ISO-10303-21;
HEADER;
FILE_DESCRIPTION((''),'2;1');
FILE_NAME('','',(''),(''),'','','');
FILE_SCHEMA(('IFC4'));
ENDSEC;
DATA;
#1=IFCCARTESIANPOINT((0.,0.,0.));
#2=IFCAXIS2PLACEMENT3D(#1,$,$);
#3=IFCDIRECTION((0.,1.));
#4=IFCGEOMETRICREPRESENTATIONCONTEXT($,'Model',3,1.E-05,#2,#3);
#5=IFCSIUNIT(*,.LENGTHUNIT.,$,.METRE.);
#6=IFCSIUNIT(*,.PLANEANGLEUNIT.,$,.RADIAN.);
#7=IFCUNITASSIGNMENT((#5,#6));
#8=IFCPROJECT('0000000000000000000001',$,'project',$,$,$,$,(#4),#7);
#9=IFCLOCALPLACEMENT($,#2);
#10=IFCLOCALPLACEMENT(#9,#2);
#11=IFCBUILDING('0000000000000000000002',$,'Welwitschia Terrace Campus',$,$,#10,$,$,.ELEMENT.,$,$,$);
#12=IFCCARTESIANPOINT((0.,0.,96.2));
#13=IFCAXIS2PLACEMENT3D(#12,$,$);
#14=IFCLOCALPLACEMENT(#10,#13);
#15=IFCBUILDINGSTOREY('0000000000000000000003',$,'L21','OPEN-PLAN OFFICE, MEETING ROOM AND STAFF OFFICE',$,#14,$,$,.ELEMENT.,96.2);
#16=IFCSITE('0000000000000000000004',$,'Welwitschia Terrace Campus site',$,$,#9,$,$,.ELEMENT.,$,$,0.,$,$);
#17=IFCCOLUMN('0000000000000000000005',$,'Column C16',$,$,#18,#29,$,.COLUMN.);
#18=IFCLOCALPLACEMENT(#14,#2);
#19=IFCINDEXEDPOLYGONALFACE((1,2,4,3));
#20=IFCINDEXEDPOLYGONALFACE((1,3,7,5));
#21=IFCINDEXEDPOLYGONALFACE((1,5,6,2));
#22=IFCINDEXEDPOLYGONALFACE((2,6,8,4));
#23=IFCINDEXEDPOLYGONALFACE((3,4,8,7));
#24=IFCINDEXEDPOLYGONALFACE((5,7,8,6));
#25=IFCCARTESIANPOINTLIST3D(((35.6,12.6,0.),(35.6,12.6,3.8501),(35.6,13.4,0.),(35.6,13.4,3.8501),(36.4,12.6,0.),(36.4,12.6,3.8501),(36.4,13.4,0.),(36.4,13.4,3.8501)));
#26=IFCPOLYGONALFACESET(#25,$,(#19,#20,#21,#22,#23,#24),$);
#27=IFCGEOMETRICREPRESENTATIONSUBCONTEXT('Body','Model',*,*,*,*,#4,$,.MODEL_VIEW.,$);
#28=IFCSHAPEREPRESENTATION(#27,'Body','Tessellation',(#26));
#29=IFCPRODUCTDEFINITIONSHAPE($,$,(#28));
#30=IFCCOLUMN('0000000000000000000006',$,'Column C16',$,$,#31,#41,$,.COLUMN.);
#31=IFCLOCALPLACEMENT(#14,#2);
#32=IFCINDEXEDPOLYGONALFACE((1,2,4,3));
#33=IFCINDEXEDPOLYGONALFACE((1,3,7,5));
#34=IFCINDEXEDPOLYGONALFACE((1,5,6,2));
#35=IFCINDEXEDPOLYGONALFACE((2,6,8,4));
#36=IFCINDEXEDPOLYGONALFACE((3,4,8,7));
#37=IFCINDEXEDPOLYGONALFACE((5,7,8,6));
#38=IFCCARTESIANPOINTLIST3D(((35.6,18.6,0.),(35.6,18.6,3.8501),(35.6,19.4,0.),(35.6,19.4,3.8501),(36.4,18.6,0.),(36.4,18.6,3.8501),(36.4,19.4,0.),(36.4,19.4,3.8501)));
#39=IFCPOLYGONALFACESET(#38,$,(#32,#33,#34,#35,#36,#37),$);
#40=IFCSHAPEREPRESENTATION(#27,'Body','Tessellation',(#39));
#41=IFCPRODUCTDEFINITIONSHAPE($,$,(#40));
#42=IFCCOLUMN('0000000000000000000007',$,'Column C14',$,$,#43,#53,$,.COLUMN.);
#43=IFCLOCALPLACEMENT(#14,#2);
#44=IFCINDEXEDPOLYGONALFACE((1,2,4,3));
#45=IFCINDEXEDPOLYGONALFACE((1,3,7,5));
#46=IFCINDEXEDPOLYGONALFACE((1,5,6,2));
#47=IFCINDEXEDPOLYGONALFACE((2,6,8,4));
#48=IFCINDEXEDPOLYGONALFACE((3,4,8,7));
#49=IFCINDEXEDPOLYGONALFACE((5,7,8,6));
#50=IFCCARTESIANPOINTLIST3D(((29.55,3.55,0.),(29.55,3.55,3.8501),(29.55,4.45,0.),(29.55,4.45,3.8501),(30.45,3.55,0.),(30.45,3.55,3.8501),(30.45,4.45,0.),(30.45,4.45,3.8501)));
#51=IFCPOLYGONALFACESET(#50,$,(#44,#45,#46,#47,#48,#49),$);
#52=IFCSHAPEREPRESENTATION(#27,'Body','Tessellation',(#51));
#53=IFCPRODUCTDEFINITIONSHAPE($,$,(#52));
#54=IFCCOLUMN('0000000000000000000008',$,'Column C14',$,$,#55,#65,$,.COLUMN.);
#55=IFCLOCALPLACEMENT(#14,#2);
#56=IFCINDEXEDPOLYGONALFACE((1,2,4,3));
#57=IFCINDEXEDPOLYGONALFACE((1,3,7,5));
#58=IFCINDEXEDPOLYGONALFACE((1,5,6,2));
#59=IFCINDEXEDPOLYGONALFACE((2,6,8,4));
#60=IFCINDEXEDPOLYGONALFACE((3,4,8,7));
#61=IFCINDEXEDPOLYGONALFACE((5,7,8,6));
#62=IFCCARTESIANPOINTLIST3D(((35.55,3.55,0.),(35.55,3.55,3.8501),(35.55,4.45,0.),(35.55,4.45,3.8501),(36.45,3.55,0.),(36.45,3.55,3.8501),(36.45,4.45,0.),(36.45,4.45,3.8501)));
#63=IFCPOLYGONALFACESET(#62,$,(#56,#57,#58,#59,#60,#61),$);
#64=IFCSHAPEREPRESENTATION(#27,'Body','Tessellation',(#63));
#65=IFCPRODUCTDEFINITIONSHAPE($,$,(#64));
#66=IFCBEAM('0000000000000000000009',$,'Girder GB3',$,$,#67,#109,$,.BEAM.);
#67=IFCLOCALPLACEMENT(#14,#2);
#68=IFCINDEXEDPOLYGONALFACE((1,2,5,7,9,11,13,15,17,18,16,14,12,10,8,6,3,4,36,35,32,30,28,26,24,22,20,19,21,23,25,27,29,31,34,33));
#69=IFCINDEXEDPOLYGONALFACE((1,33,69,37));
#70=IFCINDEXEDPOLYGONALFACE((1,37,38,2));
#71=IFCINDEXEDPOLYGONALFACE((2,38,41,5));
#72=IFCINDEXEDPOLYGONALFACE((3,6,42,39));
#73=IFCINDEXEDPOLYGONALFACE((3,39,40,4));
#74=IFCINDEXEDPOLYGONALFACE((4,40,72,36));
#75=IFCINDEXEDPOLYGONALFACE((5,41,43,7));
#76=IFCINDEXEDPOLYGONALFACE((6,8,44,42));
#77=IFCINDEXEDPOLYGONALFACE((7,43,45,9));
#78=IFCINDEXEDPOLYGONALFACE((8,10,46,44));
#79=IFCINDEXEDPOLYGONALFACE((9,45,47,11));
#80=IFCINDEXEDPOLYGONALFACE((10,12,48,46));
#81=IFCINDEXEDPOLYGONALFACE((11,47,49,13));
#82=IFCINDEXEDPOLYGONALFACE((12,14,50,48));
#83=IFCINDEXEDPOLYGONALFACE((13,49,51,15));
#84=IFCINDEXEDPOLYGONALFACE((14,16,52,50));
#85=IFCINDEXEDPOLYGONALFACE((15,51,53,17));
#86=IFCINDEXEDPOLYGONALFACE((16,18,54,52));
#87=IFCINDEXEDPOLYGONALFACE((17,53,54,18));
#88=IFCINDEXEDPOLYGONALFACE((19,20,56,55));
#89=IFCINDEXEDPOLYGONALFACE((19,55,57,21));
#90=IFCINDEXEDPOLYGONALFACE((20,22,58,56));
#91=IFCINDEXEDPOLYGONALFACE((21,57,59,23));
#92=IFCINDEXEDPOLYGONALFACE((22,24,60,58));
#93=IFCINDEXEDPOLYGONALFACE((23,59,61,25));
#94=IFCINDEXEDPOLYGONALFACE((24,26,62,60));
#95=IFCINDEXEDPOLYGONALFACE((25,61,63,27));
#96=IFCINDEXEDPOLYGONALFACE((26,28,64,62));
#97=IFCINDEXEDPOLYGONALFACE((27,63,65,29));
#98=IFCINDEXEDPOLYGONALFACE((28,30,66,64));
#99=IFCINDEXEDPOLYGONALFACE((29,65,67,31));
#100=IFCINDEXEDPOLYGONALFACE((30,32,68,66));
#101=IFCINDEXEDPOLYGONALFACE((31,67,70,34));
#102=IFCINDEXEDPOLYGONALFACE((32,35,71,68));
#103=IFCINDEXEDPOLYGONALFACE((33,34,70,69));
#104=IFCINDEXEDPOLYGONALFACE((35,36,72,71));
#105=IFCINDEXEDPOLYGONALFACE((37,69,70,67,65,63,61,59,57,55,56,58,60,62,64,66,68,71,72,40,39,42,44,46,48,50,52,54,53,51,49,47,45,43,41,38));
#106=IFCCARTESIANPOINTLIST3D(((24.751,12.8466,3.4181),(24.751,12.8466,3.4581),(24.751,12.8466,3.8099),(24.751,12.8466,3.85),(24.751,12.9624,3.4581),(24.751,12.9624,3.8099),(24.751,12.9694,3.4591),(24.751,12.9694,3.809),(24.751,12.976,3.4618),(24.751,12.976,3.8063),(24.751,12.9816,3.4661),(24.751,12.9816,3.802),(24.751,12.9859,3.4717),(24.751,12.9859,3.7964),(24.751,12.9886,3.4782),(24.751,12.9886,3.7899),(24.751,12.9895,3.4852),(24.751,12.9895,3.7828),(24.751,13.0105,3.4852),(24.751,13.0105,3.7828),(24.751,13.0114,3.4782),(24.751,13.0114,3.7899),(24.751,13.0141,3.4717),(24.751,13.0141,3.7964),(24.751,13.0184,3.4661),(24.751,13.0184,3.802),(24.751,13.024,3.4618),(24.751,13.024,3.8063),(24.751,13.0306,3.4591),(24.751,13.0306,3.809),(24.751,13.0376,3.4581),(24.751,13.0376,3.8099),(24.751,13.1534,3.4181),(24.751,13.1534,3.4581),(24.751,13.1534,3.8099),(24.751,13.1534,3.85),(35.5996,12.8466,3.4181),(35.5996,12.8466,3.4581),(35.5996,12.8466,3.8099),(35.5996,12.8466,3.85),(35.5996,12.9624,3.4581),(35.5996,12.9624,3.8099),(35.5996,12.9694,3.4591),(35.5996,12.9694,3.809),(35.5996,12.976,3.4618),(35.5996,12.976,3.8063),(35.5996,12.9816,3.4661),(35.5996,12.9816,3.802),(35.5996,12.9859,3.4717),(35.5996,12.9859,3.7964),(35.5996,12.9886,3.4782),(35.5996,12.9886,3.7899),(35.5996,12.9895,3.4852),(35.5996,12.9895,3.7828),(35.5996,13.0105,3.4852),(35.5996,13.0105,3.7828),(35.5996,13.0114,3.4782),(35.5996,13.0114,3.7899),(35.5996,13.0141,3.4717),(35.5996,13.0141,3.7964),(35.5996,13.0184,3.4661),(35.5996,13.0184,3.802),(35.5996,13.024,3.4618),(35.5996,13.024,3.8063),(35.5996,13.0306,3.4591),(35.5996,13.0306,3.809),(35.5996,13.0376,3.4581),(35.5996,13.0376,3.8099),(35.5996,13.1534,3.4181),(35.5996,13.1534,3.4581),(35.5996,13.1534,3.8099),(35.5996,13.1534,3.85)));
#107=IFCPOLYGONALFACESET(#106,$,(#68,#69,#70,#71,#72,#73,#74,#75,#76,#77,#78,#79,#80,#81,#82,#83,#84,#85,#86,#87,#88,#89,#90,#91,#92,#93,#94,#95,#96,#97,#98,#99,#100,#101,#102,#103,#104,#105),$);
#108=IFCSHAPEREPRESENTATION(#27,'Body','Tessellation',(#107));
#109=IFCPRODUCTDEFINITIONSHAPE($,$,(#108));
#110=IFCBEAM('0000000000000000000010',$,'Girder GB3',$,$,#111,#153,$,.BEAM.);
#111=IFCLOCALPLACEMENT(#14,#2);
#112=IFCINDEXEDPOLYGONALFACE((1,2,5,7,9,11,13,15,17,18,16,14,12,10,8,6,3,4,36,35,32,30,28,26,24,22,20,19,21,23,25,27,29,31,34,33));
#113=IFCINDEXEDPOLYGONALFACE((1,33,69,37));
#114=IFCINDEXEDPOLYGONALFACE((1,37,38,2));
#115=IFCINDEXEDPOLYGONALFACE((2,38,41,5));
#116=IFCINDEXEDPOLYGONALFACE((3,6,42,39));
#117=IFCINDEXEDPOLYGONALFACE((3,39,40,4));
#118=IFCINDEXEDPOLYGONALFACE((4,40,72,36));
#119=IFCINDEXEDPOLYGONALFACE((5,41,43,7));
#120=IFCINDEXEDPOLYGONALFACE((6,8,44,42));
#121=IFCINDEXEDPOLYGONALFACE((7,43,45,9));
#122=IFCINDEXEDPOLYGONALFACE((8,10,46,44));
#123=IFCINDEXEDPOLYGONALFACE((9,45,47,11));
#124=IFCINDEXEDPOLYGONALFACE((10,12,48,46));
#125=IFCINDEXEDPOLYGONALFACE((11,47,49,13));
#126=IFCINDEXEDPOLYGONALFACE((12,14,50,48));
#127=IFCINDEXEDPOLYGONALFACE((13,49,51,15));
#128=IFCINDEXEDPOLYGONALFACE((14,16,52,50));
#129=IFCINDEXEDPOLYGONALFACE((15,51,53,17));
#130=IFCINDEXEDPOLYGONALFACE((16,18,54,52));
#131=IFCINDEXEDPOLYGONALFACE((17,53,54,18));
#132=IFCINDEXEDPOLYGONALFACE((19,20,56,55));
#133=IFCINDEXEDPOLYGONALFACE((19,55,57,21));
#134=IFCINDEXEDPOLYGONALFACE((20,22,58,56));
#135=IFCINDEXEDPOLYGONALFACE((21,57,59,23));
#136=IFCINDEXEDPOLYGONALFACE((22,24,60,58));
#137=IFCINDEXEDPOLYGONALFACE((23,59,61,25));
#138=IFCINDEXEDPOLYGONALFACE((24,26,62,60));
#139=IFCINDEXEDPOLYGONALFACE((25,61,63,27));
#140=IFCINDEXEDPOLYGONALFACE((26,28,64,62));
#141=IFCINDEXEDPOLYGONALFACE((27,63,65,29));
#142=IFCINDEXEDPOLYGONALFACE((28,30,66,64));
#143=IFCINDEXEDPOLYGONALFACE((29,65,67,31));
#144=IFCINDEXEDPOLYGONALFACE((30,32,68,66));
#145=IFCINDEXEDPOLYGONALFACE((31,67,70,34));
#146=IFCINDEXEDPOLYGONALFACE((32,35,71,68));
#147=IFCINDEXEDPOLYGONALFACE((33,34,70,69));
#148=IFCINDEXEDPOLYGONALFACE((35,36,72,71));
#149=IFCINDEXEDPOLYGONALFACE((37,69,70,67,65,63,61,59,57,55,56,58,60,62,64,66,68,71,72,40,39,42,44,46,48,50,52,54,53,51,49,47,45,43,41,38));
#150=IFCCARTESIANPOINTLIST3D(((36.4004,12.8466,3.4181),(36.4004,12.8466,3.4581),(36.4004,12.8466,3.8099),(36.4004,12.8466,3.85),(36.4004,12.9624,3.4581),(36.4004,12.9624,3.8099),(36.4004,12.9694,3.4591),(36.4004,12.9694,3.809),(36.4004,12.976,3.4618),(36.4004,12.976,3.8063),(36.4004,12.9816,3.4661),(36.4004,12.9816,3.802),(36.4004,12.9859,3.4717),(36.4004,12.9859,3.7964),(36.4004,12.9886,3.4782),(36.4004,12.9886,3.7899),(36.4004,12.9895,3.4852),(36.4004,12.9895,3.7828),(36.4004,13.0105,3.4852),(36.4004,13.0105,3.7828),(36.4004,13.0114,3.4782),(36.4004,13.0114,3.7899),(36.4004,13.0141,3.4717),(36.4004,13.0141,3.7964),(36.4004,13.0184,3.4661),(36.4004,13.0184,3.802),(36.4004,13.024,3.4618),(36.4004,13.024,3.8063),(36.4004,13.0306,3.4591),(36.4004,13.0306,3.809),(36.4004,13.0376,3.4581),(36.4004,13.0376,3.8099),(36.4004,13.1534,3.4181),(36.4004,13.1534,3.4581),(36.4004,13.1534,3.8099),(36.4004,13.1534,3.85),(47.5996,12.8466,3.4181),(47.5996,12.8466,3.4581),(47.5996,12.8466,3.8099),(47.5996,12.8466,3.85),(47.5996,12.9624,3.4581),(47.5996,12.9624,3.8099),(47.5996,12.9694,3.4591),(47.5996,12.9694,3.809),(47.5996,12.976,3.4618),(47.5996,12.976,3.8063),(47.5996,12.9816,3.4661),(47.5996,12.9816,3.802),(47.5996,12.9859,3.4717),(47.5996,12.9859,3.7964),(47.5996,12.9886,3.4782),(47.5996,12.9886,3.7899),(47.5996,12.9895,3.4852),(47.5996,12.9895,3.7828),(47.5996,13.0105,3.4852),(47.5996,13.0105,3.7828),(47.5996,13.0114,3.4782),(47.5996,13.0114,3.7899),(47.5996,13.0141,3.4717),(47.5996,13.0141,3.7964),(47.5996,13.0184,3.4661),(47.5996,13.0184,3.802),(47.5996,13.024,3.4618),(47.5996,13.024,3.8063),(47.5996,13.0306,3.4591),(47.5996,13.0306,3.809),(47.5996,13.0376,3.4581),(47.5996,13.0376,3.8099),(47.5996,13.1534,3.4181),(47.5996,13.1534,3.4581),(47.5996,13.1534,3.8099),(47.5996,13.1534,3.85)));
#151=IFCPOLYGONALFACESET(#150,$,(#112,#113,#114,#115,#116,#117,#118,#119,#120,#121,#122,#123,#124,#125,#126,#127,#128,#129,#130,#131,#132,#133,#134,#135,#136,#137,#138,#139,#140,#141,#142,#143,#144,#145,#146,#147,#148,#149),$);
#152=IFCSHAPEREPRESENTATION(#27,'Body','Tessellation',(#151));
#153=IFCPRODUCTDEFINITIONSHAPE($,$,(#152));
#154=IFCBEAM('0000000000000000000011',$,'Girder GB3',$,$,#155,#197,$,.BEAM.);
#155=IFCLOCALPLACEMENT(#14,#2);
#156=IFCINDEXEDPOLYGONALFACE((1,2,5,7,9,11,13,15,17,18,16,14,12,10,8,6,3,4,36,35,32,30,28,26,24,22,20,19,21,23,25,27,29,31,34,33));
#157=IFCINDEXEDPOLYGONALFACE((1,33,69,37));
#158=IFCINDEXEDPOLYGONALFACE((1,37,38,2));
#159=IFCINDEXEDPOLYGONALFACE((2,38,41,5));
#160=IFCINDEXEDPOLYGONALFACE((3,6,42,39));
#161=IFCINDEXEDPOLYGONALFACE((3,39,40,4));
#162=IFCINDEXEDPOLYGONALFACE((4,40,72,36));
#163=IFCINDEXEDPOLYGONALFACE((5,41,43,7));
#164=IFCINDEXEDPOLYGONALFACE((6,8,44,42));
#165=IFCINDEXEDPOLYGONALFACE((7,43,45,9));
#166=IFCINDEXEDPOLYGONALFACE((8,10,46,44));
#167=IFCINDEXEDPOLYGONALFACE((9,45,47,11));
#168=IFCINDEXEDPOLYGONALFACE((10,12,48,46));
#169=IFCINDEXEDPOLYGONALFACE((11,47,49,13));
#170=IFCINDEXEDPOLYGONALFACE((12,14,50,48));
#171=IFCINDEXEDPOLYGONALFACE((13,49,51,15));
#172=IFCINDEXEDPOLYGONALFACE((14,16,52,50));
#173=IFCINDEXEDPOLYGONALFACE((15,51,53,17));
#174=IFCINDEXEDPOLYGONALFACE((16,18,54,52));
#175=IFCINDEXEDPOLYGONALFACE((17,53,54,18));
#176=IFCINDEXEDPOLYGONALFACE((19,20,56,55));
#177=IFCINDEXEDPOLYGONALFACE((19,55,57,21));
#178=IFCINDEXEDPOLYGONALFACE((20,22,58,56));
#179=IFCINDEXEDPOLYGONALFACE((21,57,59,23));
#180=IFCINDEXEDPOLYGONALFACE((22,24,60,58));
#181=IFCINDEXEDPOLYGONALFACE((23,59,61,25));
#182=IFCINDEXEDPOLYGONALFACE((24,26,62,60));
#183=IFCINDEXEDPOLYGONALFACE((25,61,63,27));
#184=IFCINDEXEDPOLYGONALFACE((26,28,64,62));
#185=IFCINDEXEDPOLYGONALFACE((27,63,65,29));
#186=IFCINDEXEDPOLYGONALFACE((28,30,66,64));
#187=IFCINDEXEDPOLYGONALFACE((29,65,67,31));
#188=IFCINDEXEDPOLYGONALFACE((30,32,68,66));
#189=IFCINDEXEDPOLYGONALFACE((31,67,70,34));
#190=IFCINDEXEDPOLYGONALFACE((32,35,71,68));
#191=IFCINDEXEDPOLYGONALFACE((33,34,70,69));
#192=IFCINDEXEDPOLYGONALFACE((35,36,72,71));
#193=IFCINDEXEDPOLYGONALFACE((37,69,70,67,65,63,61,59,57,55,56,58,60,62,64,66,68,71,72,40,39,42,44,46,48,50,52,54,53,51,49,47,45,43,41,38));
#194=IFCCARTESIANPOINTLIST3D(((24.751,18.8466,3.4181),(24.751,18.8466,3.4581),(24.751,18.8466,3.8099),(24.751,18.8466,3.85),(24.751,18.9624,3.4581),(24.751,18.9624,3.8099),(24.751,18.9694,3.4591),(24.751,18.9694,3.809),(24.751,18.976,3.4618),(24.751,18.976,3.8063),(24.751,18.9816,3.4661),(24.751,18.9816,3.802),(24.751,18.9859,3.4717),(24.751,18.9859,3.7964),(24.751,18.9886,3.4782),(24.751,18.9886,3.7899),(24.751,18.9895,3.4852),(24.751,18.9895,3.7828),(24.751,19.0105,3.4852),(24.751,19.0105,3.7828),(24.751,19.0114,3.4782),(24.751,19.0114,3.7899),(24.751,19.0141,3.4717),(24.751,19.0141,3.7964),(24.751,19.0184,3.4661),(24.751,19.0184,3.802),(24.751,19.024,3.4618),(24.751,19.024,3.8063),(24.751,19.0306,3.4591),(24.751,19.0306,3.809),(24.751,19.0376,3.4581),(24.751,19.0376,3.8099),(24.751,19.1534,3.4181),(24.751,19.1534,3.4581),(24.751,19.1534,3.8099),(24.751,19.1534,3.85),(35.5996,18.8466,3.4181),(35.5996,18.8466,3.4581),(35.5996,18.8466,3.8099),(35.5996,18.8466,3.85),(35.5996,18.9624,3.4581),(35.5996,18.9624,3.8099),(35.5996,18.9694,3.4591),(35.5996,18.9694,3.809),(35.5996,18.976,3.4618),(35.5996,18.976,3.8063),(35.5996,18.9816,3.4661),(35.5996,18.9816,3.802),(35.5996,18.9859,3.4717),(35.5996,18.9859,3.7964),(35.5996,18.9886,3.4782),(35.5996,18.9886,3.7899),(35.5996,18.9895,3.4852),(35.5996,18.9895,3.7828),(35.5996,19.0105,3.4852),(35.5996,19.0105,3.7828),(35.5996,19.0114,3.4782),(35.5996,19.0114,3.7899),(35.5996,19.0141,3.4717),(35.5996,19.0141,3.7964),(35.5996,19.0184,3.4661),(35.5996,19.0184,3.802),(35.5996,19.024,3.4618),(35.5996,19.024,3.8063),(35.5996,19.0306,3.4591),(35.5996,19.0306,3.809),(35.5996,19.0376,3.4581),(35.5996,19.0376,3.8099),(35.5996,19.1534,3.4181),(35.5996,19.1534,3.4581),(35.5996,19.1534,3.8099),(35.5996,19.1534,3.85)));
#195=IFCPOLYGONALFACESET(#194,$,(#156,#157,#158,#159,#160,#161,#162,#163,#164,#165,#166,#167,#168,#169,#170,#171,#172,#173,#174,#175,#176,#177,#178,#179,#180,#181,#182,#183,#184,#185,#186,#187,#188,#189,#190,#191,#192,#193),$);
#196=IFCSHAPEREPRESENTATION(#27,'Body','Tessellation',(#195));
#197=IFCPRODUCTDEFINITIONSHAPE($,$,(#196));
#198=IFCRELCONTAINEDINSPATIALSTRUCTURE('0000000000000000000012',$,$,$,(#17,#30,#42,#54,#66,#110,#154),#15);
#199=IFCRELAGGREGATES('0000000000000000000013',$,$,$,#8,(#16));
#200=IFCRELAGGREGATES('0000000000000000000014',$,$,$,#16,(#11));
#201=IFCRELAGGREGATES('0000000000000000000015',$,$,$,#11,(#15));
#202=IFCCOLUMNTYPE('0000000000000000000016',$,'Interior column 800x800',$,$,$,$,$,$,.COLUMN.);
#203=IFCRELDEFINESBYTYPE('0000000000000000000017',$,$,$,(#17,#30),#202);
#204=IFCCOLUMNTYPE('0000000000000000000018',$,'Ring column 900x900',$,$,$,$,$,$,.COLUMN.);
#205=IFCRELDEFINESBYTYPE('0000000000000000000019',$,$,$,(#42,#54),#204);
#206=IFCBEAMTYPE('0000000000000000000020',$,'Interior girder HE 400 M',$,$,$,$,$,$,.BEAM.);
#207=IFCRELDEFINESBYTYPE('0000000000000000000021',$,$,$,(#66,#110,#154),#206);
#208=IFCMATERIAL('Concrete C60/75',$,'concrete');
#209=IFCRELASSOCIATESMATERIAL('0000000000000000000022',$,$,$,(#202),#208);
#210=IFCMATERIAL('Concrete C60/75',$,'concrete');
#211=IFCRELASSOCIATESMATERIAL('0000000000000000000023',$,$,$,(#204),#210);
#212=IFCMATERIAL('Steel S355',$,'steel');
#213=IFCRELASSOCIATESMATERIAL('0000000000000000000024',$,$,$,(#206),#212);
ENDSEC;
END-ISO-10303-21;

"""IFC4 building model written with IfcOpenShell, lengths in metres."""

from ifc_helpers import new_model, si_unit, direction, frame, origin, origin_2d, place, context, subcontext, project, spatial, rectangle, i_section, extrude, material, material_profile, profile_set, type_object, element, save


model = new_model("IFC4")

# Units and contexts
model_context = context("Model", 3, precision=1e-05, world=origin(), true_north=direction((0.0, 1.0)))
body_context = subcontext(model_context, "Body", "Model", "MODEL_VIEW")
ifc_project = project(units=[si_unit("LENGTHUNIT", "METRE"), si_unit("PLANEANGLEUNIT", "RADIAN")], contexts=[model_context])

# Site, building, storey
site_placement = place(None, origin())
site = spatial("IfcSite", under=ifc_project, at=site_placement, Name="Welwitschia Terrace Campus site", CompositionType="ELEMENT", RefElevation=0.0)
building_placement = place(site_placement, origin())
building = spatial("IfcBuilding", under=site, at=building_placement, Name="Welwitschia Terrace Campus", CompositionType="ELEMENT")
storey_placement = place(building_placement, frame((0.0, 0.0, 96.2)))
storey = spatial("IfcBuildingStorey", under=building, at=storey_placement, Name="L21", Description="OPEN-PLAN OFFICE, MEETING ROOM AND STAFF OFFICE", CompositionType="ELEMENT", Elevation=96.2)

# Columns
ifc_material_1 = material(Name="Concrete C60/75", Category="concrete")
ifc_material_profile_1 = material_profile(ifc_material_1, rectangle(XDim=0.8, YDim=0.8, at=origin_2d()))
ifc_profile_set_1 = profile_set([ifc_material_profile_1], Name="Concrete C60/75")
column_type_1 = type_object("IfcColumnType", Name="Interior column 800x800", PredefinedType="COLUMN", material=ifc_profile_set_1)
for number, where, z_axis, x_axis, name in (
    (1, (36.0, 13.0, 0.0), (0.0, 0.0, 1.0), (1.0, 0.0, 0.0), "Column C16"),
    (2, (36.0, 19.0, 0.0), (0.0, 0.0, 1.0), (1.0, 0.0, 0.0), "Column C16"),
):
    element("IfcColumn", number, at=place(storey_placement, frame(where, z_axis=z_axis, x_axis=x_axis)), inside=storey, type_object=column_type_1, Name=name, PredefinedType="COLUMN", context=body_context, shape_type="SweptSolid", body=[
        extrude(rectangle(XDim=0.8, YDim=0.8, at=origin_2d()), origin(), (0.0, 0.0, 1.0), 3.8501),
    ])
ifc_material_2 = material(Name="Concrete C60/75", Category="concrete")
ifc_material_profile_2 = material_profile(ifc_material_2, rectangle(XDim=0.8999, YDim=0.8999, at=origin_2d()))
ifc_profile_set_2 = profile_set([ifc_material_profile_2], Name="Concrete C60/75")
column_type_2 = type_object("IfcColumnType", Name="Ring column 900x900", PredefinedType="COLUMN", material=ifc_profile_set_2)
for number, where, z_axis, x_axis, name in (
    (3, (30.0, 4.0, 0.0), (0.0, 0.0, 1.0), (1.0, 0.0, 0.0), "Column C14"),
    (4, (36.0, 4.0, 0.0), (0.0, 0.0, 1.0), (1.0, 0.0, 0.0), "Column C14"),
):
    element("IfcColumn", number, at=place(storey_placement, frame(where, z_axis=z_axis, x_axis=x_axis)), inside=storey, type_object=column_type_2, Name=name, PredefinedType="COLUMN", context=body_context, shape_type="SweptSolid", body=[
        extrude(rectangle(XDim=0.8999, YDim=0.8999, at=origin_2d()), origin(), (0.0, 0.0, 1.0), 3.8501),
    ])

# Beams
ifc_material_3 = material(Name="Steel S355", Category="steel")
ifc_material_profile_3 = material_profile(ifc_material_3, i_section(OverallWidth=0.3069, OverallDepth=0.4319, WebThickness=0.021, FlangeThickness=0.04, FilletRadius=0.0271, at=origin_2d()))
ifc_profile_set_3 = profile_set([ifc_material_profile_3], Name="Steel S355")
beam_type_1 = type_object("IfcBeamType", Name="Interior girder HE 400 M", PredefinedType="BEAM", material=ifc_profile_set_3)
beam_1_placement = place(storey_placement, frame((24.751, 13.0, 3.634), z_axis=(1.0, 0.0, 0.0), x_axis=(0.0, 1.0, 0.0)))
element("IfcBeam", 5, at=beam_1_placement, inside=storey, type_object=beam_type_1, Name="Girder GB3", PredefinedType="BEAM", context=body_context, shape_type="SweptSolid", body=[
    extrude(i_section(OverallWidth=0.3069, OverallDepth=0.4319, WebThickness=0.021, FlangeThickness=0.04, FilletRadius=0.0271, at=origin_2d()), origin(), (0.0, 0.0, 1.0), 10.8486),
])
beam_2_placement = place(storey_placement, frame((36.4004, 13.0, 3.634), z_axis=(1.0, 0.0, 0.0), x_axis=(0.0, 1.0, 0.0)))
element("IfcBeam", 6, at=beam_2_placement, inside=storey, type_object=beam_type_1, Name="Girder GB3", PredefinedType="BEAM", context=body_context, shape_type="SweptSolid", body=[
    extrude(i_section(OverallWidth=0.3069, OverallDepth=0.4319, WebThickness=0.021, FlangeThickness=0.04, FilletRadius=0.0271, at=origin_2d()), origin(), (0.0, 0.0, 1.0), 11.1992),
])
beam_3_placement = place(storey_placement, frame((24.751, 19.0, 3.634), z_axis=(1.0, 0.0, 0.0), x_axis=(0.0, 1.0, 0.0)))
element("IfcBeam", 7, at=beam_3_placement, inside=storey, type_object=beam_type_1, Name="Girder GB3", PredefinedType="BEAM", context=body_context, shape_type="SweptSolid", body=[
    extrude(i_section(OverallWidth=0.3069, OverallDepth=0.4319, WebThickness=0.021, FlangeThickness=0.04, FilletRadius=0.0271, at=origin_2d()), origin(), (0.0, 0.0, 1.0), 10.8486),
])

save(model, "model.ifc")
